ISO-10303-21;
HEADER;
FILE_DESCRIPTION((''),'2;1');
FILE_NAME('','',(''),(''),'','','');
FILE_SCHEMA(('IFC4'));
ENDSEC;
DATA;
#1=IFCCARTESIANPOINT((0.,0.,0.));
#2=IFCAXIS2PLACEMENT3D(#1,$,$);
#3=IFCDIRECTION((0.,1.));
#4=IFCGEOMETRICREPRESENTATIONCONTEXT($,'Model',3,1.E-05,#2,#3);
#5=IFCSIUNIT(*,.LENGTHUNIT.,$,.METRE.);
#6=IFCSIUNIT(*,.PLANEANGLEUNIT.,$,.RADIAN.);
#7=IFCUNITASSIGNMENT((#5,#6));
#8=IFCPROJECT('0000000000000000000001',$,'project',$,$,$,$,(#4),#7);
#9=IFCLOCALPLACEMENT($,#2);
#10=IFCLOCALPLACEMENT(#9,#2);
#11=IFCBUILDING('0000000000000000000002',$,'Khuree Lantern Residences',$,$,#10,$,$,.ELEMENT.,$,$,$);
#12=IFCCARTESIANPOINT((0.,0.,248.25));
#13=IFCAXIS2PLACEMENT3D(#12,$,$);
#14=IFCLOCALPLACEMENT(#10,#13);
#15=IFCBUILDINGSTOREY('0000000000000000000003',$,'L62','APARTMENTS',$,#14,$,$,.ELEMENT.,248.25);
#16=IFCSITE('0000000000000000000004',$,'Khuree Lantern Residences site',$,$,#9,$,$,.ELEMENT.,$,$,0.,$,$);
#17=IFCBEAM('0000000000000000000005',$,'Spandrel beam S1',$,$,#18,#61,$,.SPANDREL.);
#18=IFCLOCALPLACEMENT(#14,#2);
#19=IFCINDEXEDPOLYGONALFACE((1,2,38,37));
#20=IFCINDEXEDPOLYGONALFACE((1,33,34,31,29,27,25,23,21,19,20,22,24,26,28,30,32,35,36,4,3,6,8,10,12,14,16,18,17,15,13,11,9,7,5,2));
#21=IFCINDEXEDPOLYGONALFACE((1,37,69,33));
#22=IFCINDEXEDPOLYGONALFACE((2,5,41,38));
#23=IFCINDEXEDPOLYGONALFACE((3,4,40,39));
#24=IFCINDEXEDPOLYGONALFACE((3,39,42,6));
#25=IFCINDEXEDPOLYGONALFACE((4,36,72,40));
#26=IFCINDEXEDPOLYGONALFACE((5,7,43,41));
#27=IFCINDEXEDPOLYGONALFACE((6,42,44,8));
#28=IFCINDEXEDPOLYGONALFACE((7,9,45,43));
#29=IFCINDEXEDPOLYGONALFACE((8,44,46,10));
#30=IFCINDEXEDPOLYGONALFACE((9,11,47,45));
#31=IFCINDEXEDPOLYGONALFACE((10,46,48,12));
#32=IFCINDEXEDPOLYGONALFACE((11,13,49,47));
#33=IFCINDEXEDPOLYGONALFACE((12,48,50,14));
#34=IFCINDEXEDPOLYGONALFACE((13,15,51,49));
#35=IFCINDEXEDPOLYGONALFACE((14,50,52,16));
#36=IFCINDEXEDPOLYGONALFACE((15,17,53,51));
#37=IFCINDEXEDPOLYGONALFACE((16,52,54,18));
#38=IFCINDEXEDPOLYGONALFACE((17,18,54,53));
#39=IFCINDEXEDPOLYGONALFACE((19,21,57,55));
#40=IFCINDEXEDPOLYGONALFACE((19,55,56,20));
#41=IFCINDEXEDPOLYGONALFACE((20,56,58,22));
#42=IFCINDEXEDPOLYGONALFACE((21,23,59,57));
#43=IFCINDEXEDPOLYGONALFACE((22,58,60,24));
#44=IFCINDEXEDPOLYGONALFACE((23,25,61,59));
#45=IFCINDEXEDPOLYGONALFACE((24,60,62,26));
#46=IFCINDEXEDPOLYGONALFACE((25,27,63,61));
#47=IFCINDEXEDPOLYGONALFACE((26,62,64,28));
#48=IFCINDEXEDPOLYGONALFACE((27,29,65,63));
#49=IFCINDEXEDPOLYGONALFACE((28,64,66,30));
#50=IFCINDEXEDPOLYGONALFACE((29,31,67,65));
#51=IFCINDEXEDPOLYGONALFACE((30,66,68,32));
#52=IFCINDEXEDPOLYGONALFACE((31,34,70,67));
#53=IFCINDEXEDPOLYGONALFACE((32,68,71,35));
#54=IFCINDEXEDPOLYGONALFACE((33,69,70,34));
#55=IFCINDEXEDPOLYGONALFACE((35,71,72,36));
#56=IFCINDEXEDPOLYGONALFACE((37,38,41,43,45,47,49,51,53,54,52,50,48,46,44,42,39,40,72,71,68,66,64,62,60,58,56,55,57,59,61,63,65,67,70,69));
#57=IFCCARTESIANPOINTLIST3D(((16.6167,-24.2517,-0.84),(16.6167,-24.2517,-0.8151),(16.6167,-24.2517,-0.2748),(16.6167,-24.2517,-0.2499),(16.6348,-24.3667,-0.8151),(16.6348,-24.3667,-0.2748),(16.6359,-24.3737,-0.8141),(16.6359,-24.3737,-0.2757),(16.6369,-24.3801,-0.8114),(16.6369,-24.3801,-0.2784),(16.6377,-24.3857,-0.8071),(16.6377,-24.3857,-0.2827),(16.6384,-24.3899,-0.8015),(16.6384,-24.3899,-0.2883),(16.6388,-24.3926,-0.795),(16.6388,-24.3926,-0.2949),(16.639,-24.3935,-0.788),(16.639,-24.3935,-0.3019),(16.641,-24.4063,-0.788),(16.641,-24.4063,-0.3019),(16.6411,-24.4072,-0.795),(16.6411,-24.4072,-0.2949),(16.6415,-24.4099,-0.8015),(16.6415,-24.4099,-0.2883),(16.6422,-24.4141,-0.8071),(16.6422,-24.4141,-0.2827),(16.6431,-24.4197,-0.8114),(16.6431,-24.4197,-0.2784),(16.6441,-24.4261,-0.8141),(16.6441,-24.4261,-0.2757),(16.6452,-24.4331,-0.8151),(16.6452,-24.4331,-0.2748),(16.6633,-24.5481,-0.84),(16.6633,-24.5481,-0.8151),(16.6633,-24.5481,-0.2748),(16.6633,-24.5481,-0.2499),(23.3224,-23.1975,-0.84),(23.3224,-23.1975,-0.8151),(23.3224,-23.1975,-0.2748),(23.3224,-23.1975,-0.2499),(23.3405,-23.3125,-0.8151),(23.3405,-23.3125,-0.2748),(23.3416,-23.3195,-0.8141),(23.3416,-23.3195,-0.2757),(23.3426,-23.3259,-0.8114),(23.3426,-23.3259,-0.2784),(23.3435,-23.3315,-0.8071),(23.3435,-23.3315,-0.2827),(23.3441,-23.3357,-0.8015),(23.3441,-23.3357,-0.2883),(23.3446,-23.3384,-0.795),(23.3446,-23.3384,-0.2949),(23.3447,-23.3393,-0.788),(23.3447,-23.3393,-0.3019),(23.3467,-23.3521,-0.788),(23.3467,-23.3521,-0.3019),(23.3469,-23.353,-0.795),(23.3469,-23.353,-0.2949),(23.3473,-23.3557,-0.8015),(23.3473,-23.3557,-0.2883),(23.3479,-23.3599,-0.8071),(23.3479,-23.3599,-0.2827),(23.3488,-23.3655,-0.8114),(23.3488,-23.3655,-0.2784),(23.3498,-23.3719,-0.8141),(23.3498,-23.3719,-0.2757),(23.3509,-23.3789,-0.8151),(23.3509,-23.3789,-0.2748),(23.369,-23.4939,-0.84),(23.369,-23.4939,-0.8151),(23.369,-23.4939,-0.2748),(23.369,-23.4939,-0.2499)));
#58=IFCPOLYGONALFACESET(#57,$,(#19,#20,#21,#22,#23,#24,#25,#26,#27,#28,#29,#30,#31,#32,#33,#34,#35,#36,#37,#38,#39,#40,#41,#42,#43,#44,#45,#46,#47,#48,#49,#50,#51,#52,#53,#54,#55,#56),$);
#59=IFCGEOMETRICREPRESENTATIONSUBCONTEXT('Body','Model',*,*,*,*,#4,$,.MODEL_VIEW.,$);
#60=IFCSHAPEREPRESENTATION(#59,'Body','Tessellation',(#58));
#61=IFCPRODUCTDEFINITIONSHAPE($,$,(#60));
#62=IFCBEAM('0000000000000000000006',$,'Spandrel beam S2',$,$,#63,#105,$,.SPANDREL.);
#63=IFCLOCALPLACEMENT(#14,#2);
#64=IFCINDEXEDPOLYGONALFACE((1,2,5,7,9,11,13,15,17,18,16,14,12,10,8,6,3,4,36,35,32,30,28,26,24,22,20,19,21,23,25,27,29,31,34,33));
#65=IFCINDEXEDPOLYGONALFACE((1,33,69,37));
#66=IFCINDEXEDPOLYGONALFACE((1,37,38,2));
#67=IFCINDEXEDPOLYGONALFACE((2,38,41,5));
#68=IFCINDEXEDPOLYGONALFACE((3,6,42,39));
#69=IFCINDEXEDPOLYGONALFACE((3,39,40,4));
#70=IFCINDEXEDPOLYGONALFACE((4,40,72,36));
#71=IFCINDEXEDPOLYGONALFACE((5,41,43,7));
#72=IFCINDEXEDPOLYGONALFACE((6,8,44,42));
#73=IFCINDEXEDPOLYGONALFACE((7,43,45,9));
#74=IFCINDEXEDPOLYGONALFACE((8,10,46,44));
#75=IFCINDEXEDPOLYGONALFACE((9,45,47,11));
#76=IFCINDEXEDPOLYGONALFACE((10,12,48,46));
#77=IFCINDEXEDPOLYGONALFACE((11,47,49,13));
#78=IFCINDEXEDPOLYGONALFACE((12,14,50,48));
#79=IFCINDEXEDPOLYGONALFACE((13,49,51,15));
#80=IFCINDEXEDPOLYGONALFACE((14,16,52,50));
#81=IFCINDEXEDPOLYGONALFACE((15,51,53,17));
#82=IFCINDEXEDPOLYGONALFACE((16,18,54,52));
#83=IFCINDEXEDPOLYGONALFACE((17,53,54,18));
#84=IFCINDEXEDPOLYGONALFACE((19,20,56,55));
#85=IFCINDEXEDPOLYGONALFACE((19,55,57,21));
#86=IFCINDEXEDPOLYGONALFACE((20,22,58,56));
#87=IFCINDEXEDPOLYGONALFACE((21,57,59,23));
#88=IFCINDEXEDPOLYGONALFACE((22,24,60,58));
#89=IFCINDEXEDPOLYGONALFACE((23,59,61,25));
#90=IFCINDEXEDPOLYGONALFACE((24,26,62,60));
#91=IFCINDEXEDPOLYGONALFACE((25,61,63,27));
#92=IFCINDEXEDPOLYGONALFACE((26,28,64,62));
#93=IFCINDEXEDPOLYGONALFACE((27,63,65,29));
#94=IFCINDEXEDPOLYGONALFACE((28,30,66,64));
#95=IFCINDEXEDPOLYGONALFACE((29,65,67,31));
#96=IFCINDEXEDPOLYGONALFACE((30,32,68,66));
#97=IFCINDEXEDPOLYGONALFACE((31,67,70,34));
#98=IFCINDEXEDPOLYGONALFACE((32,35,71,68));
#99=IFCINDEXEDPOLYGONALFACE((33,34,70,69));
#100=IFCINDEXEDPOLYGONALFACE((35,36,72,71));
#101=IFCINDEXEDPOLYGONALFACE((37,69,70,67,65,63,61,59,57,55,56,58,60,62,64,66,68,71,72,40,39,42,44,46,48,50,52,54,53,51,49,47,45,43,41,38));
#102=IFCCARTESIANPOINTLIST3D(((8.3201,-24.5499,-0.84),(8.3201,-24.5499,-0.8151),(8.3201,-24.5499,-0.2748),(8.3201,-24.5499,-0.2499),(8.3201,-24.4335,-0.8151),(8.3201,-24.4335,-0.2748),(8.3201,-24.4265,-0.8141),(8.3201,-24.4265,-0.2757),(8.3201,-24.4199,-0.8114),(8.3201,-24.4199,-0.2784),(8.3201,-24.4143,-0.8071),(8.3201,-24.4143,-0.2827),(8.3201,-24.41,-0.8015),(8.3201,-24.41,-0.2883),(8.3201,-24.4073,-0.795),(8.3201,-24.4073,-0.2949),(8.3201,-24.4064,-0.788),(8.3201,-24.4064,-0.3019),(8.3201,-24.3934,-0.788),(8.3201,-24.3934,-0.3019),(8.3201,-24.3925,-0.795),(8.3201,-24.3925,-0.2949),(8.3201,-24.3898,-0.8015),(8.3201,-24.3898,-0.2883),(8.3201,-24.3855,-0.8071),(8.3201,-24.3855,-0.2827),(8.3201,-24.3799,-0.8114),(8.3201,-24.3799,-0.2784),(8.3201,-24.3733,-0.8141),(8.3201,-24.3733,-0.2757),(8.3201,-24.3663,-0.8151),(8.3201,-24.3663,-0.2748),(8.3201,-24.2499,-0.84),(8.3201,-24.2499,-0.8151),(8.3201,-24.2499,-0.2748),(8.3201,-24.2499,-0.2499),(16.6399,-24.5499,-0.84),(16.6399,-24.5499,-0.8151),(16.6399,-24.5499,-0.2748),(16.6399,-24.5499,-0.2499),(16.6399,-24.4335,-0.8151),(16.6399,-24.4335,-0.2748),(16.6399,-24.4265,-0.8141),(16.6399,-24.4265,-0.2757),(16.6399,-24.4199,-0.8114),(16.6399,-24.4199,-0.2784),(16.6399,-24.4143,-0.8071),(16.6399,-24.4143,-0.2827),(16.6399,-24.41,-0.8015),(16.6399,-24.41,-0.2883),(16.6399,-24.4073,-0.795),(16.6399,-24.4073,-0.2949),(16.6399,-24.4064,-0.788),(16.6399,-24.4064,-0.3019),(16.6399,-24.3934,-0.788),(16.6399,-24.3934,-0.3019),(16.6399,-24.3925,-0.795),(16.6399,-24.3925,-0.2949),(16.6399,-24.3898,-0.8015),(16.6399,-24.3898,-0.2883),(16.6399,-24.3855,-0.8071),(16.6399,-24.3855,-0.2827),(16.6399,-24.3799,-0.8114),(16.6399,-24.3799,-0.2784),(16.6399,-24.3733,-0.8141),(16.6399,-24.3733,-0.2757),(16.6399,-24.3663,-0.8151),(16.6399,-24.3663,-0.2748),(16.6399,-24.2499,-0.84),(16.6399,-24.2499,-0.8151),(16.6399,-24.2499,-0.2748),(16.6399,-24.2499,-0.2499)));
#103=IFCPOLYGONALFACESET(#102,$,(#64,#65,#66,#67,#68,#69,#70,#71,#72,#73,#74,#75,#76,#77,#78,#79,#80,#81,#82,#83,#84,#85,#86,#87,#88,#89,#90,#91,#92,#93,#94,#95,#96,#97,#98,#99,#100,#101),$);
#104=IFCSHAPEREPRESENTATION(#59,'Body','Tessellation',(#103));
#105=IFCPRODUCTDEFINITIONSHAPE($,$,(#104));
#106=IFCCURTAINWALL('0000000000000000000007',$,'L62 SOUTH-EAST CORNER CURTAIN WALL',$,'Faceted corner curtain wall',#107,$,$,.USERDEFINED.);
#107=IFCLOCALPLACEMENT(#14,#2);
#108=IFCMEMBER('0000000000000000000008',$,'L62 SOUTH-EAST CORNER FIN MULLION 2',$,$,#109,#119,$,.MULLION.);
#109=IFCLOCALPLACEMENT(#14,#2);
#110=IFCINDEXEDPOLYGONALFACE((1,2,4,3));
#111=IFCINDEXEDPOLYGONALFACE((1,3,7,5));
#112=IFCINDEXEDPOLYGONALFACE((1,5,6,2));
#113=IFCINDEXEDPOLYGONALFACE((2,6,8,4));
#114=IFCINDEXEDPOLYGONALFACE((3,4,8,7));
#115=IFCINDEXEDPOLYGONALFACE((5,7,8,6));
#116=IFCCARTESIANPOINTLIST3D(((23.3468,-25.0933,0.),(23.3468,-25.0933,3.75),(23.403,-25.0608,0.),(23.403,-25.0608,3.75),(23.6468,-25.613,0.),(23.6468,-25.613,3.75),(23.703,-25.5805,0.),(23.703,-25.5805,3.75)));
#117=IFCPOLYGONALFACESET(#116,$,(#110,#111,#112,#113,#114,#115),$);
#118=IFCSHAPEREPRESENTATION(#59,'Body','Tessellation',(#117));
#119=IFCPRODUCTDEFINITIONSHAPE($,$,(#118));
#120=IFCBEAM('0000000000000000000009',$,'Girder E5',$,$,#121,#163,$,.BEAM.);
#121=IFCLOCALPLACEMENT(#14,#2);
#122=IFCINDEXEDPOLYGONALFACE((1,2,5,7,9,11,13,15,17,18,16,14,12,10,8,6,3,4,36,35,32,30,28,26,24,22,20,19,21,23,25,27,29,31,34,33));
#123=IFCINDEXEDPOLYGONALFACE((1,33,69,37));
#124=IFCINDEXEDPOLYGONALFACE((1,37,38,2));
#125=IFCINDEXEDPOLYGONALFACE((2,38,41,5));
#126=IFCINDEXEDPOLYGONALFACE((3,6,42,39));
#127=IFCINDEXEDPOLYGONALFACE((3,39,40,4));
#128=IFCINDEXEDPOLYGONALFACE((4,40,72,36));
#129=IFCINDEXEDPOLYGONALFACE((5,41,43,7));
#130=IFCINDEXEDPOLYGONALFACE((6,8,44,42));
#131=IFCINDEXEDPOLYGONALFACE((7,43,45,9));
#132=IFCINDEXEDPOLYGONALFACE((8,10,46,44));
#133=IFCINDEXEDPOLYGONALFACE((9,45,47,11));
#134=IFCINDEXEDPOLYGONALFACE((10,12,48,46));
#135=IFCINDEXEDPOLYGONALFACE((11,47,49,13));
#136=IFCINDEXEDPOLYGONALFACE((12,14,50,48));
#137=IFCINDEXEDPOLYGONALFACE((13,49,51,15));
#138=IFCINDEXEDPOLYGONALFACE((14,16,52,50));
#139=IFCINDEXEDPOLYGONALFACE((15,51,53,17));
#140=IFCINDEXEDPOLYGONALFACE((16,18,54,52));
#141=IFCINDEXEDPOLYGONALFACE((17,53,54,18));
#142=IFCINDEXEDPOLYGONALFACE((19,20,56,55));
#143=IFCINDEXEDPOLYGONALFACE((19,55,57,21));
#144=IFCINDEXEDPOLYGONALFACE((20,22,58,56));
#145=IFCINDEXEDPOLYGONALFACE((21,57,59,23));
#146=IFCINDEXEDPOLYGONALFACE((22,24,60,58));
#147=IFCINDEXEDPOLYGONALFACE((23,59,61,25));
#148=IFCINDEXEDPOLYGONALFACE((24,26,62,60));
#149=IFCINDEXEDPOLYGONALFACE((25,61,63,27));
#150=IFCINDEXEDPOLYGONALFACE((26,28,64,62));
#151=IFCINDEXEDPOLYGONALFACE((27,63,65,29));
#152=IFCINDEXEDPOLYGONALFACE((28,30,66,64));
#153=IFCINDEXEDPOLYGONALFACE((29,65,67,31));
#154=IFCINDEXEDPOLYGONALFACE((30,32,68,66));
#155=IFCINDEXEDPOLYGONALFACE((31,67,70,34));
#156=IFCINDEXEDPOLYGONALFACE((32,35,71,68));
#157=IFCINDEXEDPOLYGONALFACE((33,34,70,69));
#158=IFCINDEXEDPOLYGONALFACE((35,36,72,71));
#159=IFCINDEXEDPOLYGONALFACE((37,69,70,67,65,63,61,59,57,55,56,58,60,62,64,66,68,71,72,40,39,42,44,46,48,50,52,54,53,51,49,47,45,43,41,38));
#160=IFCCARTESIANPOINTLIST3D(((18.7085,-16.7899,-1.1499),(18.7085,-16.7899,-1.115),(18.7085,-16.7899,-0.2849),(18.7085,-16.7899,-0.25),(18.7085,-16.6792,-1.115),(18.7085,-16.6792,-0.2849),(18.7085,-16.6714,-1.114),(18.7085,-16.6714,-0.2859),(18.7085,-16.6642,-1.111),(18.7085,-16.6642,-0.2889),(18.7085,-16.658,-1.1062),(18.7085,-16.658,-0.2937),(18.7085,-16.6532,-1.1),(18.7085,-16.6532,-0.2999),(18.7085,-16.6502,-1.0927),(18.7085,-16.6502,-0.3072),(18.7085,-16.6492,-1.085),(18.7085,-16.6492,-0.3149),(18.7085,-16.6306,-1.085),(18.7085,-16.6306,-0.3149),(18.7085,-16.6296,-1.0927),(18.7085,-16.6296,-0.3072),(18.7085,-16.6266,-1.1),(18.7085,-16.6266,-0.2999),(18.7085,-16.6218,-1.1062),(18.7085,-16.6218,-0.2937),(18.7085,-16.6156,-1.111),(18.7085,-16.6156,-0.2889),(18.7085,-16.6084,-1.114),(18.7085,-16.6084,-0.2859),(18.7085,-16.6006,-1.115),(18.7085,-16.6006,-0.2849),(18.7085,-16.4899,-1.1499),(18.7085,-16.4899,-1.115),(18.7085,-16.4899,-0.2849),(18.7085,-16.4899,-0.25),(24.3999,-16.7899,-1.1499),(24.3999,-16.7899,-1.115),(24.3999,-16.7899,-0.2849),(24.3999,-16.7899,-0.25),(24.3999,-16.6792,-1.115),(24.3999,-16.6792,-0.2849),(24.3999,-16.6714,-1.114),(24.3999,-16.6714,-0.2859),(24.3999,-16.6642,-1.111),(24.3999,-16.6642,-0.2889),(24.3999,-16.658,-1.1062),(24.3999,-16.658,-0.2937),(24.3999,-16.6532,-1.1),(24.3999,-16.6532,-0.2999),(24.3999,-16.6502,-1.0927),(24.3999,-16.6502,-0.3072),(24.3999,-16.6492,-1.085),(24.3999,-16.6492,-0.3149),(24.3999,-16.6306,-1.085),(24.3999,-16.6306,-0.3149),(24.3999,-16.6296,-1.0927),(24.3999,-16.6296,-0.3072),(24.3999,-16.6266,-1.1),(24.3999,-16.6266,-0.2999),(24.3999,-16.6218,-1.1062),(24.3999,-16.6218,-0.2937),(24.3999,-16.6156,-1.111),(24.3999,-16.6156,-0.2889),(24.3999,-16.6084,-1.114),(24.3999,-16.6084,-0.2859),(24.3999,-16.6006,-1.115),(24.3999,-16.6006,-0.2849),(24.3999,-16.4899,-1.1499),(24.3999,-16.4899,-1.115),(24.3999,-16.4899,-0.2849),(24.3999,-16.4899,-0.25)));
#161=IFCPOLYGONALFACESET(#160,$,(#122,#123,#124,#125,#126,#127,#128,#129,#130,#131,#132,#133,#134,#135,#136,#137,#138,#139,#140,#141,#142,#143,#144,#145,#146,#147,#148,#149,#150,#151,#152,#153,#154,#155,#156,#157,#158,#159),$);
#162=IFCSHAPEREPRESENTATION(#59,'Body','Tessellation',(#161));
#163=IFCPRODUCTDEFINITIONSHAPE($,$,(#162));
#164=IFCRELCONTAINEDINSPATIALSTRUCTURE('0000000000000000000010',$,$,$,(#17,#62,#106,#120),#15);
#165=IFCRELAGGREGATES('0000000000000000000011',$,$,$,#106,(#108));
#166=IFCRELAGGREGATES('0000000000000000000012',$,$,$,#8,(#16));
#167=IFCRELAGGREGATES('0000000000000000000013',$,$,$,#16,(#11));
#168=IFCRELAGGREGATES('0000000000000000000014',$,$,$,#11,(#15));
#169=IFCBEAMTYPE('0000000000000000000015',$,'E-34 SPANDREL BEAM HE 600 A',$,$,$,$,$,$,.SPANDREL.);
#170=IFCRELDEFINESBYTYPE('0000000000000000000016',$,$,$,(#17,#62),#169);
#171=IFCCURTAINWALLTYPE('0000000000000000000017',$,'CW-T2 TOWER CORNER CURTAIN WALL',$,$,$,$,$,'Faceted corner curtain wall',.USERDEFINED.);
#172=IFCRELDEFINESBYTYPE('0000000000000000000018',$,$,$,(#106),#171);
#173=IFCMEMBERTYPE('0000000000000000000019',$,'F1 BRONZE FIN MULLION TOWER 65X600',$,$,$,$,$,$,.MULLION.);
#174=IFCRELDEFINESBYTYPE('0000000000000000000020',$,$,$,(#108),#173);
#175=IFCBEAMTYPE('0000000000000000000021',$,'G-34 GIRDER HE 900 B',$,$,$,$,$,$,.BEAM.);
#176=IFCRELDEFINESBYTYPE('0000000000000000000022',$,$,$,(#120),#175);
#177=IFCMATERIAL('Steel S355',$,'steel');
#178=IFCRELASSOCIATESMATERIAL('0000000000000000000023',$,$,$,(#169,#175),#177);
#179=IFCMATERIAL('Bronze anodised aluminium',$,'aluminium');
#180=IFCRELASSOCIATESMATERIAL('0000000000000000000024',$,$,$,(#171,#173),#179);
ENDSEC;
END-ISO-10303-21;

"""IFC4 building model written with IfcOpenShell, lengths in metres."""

from ifc_helpers import new_model, si_unit, direction, frame, origin, origin_2d, place, context, subcontext, project, spatial, rectangle, i_section, extrude, material, material_profile, profile_set, type_object, element, aggregate, save


model = new_model("IFC4")

# Units and contexts
model_context = context("Model", 3, precision=1e-05, world=origin(), true_north=direction((0.0, 1.0)))
body_context = subcontext(model_context, "Body", "Model", "MODEL_VIEW")
ifc_project = project(units=[si_unit("LENGTHUNIT", "METRE"), si_unit("PLANEANGLEUNIT", "RADIAN")], contexts=[model_context])

# Site, building, storey
site_placement = place(None, origin())
site = spatial("IfcSite", under=ifc_project, at=site_placement, Name="Khuree Lantern Residences site", CompositionType="ELEMENT", RefElevation=0.0)
building_placement = place(site_placement, origin())
building = spatial("IfcBuilding", under=site, at=building_placement, Name="Khuree Lantern Residences", CompositionType="ELEMENT")
storey_placement = place(building_placement, frame((0.0, 0.0, 248.25)))
storey = spatial("IfcBuildingStorey", under=building, at=storey_placement, Name="L62", Description="APARTMENTS", CompositionType="ELEMENT", Elevation=248.25)

# Beams
ifc_material_1 = material(Name="Steel S355", Category="steel")
ifc_material_profile_1 = material_profile(ifc_material_1, i_section(OverallWidth=0.3, OverallDepth=0.5901, WebThickness=0.0129, FlangeThickness=0.0249, FilletRadius=0.0271, at=origin_2d()), Name="HE 600 A")
ifc_profile_set_1 = profile_set([ifc_material_profile_1], Name="Steel S355")
beam_type_1 = type_object("IfcBeamType", Name="E-34 SPANDREL BEAM HE 600 A", PredefinedType="SPANDREL", material=ifc_profile_set_1)
for number, where, z_axis, x_axis, name in (
    (1, (23.3457, -23.3457, -0.5449), (-0.987867, -0.1553, 0.0), (0.1553, -0.987867, 0.0), "Spandrel beam S1"),
):
    element("IfcBeam", number, at=place(storey_placement, frame(where, z_axis=z_axis, x_axis=x_axis)), inside=storey, type_object=beam_type_1, Name=name, PredefinedType="SPANDREL", context=body_context, shape_type="SweptSolid", body=[
        extrude(i_section(OverallWidth=0.3, OverallDepth=0.5901, WebThickness=0.0129, FlangeThickness=0.0249, FilletRadius=0.0271, at=origin_2d()), origin(), (0.0, 0.0, 1.0), 6.7881),
    ])
beam_1_placement = place(storey_placement, frame((16.6399, -24.3999, -0.5449), z_axis=(-1.0, 0.0, 0.0), x_axis=(0.0, -1.0, 0.0)))
element("IfcBeam", 2, at=beam_1_placement, inside=storey, type_object=beam_type_1, Name="Spandrel beam S2", PredefinedType="SPANDREL", context=body_context, shape_type="SweptSolid", body=[
    extrude(i_section(OverallWidth=0.3, OverallDepth=0.5901, WebThickness=0.0129, FlangeThickness=0.0249, FilletRadius=0.0271, at=origin_2d()), origin(), (0.0, 0.0, 1.0), 8.3198),
])

# Curtain wall, member
ifc_material_2 = material(Name="Bronze anodised aluminium", Category="aluminium")
curtain_wall_type_1 = type_object("IfcCurtainWallType", Name="CW-T2 TOWER CORNER CURTAIN WALL", ElementType="Faceted corner curtain wall", PredefinedType="USERDEFINED", material=ifc_material_2)
curtain_wall_1_placement = place(storey_placement, origin())
curtain_wall_1 = element("IfcCurtainWall", 3, at=curtain_wall_1_placement, inside=storey, type_object=curtain_wall_type_1, Name="L62 SOUTH-EAST CORNER CURTAIN WALL", ObjectType="Faceted corner curtain wall", PredefinedType="USERDEFINED")
ifc_material_profile_2 = material_profile(ifc_material_2, rectangle(XDim=0.0649, YDim=0.6001, at=origin_2d()), Name="F1 65X600")
ifc_profile_set_2 = profile_set([ifc_material_profile_2], Name="Bronze anodised aluminium")
member_type_1 = type_object("IfcMemberType", Name="F1 BRONZE FIN MULLION TOWER 65X600", PredefinedType="MULLION", material=ifc_profile_set_2)
member_1_placement = place(storey_placement, frame((23.5249, -25.3369, 0.0), z_axis=(0.0, 0.0, 1.0), x_axis=(0.866025, 0.5, 0.0)))
member_1 = element("IfcMember", 4, at=member_1_placement, type_object=member_type_1, Name="L62 SOUTH-EAST CORNER FIN MULLION 2", PredefinedType="MULLION", context=body_context, shape_type="SweptSolid", body=[
    extrude(rectangle(XDim=0.0649, YDim=0.6001, at=origin_2d()), origin(), (0.0, 0.0, 1.0), 3.75),
])

# Beam
ifc_material_profile_3 = material_profile(ifc_material_1, i_section(OverallWidth=0.3, OverallDepth=0.8999, WebThickness=0.0186, FlangeThickness=0.0349, FilletRadius=0.03, at=origin_2d()), Name="HE 900 B")
ifc_profile_set_3 = profile_set([ifc_material_profile_3], Name="Steel S355")
beam_type_2 = type_object("IfcBeamType", Name="G-34 GIRDER HE 900 B", PredefinedType="BEAM", material=ifc_profile_set_3)
beam_2_placement = place(storey_placement, frame((24.3999, -16.6399, -0.7), z_axis=(-1.0, 0.0, 0.0), x_axis=(0.0, -1.0, 0.0)))
element("IfcBeam", 5, at=beam_2_placement, inside=storey, type_object=beam_type_2, Name="Girder E5", PredefinedType="BEAM", context=body_context, shape_type="SweptSolid", body=[
    extrude(i_section(OverallWidth=0.3, OverallDepth=0.8999, WebThickness=0.0186, FlangeThickness=0.0349, FilletRadius=0.03, at=origin_2d()), origin(), (0.0, 0.0, 1.0), 5.6914),
])

aggregate(curtain_wall_1, [member_1])

save(model, "model.ifc")
